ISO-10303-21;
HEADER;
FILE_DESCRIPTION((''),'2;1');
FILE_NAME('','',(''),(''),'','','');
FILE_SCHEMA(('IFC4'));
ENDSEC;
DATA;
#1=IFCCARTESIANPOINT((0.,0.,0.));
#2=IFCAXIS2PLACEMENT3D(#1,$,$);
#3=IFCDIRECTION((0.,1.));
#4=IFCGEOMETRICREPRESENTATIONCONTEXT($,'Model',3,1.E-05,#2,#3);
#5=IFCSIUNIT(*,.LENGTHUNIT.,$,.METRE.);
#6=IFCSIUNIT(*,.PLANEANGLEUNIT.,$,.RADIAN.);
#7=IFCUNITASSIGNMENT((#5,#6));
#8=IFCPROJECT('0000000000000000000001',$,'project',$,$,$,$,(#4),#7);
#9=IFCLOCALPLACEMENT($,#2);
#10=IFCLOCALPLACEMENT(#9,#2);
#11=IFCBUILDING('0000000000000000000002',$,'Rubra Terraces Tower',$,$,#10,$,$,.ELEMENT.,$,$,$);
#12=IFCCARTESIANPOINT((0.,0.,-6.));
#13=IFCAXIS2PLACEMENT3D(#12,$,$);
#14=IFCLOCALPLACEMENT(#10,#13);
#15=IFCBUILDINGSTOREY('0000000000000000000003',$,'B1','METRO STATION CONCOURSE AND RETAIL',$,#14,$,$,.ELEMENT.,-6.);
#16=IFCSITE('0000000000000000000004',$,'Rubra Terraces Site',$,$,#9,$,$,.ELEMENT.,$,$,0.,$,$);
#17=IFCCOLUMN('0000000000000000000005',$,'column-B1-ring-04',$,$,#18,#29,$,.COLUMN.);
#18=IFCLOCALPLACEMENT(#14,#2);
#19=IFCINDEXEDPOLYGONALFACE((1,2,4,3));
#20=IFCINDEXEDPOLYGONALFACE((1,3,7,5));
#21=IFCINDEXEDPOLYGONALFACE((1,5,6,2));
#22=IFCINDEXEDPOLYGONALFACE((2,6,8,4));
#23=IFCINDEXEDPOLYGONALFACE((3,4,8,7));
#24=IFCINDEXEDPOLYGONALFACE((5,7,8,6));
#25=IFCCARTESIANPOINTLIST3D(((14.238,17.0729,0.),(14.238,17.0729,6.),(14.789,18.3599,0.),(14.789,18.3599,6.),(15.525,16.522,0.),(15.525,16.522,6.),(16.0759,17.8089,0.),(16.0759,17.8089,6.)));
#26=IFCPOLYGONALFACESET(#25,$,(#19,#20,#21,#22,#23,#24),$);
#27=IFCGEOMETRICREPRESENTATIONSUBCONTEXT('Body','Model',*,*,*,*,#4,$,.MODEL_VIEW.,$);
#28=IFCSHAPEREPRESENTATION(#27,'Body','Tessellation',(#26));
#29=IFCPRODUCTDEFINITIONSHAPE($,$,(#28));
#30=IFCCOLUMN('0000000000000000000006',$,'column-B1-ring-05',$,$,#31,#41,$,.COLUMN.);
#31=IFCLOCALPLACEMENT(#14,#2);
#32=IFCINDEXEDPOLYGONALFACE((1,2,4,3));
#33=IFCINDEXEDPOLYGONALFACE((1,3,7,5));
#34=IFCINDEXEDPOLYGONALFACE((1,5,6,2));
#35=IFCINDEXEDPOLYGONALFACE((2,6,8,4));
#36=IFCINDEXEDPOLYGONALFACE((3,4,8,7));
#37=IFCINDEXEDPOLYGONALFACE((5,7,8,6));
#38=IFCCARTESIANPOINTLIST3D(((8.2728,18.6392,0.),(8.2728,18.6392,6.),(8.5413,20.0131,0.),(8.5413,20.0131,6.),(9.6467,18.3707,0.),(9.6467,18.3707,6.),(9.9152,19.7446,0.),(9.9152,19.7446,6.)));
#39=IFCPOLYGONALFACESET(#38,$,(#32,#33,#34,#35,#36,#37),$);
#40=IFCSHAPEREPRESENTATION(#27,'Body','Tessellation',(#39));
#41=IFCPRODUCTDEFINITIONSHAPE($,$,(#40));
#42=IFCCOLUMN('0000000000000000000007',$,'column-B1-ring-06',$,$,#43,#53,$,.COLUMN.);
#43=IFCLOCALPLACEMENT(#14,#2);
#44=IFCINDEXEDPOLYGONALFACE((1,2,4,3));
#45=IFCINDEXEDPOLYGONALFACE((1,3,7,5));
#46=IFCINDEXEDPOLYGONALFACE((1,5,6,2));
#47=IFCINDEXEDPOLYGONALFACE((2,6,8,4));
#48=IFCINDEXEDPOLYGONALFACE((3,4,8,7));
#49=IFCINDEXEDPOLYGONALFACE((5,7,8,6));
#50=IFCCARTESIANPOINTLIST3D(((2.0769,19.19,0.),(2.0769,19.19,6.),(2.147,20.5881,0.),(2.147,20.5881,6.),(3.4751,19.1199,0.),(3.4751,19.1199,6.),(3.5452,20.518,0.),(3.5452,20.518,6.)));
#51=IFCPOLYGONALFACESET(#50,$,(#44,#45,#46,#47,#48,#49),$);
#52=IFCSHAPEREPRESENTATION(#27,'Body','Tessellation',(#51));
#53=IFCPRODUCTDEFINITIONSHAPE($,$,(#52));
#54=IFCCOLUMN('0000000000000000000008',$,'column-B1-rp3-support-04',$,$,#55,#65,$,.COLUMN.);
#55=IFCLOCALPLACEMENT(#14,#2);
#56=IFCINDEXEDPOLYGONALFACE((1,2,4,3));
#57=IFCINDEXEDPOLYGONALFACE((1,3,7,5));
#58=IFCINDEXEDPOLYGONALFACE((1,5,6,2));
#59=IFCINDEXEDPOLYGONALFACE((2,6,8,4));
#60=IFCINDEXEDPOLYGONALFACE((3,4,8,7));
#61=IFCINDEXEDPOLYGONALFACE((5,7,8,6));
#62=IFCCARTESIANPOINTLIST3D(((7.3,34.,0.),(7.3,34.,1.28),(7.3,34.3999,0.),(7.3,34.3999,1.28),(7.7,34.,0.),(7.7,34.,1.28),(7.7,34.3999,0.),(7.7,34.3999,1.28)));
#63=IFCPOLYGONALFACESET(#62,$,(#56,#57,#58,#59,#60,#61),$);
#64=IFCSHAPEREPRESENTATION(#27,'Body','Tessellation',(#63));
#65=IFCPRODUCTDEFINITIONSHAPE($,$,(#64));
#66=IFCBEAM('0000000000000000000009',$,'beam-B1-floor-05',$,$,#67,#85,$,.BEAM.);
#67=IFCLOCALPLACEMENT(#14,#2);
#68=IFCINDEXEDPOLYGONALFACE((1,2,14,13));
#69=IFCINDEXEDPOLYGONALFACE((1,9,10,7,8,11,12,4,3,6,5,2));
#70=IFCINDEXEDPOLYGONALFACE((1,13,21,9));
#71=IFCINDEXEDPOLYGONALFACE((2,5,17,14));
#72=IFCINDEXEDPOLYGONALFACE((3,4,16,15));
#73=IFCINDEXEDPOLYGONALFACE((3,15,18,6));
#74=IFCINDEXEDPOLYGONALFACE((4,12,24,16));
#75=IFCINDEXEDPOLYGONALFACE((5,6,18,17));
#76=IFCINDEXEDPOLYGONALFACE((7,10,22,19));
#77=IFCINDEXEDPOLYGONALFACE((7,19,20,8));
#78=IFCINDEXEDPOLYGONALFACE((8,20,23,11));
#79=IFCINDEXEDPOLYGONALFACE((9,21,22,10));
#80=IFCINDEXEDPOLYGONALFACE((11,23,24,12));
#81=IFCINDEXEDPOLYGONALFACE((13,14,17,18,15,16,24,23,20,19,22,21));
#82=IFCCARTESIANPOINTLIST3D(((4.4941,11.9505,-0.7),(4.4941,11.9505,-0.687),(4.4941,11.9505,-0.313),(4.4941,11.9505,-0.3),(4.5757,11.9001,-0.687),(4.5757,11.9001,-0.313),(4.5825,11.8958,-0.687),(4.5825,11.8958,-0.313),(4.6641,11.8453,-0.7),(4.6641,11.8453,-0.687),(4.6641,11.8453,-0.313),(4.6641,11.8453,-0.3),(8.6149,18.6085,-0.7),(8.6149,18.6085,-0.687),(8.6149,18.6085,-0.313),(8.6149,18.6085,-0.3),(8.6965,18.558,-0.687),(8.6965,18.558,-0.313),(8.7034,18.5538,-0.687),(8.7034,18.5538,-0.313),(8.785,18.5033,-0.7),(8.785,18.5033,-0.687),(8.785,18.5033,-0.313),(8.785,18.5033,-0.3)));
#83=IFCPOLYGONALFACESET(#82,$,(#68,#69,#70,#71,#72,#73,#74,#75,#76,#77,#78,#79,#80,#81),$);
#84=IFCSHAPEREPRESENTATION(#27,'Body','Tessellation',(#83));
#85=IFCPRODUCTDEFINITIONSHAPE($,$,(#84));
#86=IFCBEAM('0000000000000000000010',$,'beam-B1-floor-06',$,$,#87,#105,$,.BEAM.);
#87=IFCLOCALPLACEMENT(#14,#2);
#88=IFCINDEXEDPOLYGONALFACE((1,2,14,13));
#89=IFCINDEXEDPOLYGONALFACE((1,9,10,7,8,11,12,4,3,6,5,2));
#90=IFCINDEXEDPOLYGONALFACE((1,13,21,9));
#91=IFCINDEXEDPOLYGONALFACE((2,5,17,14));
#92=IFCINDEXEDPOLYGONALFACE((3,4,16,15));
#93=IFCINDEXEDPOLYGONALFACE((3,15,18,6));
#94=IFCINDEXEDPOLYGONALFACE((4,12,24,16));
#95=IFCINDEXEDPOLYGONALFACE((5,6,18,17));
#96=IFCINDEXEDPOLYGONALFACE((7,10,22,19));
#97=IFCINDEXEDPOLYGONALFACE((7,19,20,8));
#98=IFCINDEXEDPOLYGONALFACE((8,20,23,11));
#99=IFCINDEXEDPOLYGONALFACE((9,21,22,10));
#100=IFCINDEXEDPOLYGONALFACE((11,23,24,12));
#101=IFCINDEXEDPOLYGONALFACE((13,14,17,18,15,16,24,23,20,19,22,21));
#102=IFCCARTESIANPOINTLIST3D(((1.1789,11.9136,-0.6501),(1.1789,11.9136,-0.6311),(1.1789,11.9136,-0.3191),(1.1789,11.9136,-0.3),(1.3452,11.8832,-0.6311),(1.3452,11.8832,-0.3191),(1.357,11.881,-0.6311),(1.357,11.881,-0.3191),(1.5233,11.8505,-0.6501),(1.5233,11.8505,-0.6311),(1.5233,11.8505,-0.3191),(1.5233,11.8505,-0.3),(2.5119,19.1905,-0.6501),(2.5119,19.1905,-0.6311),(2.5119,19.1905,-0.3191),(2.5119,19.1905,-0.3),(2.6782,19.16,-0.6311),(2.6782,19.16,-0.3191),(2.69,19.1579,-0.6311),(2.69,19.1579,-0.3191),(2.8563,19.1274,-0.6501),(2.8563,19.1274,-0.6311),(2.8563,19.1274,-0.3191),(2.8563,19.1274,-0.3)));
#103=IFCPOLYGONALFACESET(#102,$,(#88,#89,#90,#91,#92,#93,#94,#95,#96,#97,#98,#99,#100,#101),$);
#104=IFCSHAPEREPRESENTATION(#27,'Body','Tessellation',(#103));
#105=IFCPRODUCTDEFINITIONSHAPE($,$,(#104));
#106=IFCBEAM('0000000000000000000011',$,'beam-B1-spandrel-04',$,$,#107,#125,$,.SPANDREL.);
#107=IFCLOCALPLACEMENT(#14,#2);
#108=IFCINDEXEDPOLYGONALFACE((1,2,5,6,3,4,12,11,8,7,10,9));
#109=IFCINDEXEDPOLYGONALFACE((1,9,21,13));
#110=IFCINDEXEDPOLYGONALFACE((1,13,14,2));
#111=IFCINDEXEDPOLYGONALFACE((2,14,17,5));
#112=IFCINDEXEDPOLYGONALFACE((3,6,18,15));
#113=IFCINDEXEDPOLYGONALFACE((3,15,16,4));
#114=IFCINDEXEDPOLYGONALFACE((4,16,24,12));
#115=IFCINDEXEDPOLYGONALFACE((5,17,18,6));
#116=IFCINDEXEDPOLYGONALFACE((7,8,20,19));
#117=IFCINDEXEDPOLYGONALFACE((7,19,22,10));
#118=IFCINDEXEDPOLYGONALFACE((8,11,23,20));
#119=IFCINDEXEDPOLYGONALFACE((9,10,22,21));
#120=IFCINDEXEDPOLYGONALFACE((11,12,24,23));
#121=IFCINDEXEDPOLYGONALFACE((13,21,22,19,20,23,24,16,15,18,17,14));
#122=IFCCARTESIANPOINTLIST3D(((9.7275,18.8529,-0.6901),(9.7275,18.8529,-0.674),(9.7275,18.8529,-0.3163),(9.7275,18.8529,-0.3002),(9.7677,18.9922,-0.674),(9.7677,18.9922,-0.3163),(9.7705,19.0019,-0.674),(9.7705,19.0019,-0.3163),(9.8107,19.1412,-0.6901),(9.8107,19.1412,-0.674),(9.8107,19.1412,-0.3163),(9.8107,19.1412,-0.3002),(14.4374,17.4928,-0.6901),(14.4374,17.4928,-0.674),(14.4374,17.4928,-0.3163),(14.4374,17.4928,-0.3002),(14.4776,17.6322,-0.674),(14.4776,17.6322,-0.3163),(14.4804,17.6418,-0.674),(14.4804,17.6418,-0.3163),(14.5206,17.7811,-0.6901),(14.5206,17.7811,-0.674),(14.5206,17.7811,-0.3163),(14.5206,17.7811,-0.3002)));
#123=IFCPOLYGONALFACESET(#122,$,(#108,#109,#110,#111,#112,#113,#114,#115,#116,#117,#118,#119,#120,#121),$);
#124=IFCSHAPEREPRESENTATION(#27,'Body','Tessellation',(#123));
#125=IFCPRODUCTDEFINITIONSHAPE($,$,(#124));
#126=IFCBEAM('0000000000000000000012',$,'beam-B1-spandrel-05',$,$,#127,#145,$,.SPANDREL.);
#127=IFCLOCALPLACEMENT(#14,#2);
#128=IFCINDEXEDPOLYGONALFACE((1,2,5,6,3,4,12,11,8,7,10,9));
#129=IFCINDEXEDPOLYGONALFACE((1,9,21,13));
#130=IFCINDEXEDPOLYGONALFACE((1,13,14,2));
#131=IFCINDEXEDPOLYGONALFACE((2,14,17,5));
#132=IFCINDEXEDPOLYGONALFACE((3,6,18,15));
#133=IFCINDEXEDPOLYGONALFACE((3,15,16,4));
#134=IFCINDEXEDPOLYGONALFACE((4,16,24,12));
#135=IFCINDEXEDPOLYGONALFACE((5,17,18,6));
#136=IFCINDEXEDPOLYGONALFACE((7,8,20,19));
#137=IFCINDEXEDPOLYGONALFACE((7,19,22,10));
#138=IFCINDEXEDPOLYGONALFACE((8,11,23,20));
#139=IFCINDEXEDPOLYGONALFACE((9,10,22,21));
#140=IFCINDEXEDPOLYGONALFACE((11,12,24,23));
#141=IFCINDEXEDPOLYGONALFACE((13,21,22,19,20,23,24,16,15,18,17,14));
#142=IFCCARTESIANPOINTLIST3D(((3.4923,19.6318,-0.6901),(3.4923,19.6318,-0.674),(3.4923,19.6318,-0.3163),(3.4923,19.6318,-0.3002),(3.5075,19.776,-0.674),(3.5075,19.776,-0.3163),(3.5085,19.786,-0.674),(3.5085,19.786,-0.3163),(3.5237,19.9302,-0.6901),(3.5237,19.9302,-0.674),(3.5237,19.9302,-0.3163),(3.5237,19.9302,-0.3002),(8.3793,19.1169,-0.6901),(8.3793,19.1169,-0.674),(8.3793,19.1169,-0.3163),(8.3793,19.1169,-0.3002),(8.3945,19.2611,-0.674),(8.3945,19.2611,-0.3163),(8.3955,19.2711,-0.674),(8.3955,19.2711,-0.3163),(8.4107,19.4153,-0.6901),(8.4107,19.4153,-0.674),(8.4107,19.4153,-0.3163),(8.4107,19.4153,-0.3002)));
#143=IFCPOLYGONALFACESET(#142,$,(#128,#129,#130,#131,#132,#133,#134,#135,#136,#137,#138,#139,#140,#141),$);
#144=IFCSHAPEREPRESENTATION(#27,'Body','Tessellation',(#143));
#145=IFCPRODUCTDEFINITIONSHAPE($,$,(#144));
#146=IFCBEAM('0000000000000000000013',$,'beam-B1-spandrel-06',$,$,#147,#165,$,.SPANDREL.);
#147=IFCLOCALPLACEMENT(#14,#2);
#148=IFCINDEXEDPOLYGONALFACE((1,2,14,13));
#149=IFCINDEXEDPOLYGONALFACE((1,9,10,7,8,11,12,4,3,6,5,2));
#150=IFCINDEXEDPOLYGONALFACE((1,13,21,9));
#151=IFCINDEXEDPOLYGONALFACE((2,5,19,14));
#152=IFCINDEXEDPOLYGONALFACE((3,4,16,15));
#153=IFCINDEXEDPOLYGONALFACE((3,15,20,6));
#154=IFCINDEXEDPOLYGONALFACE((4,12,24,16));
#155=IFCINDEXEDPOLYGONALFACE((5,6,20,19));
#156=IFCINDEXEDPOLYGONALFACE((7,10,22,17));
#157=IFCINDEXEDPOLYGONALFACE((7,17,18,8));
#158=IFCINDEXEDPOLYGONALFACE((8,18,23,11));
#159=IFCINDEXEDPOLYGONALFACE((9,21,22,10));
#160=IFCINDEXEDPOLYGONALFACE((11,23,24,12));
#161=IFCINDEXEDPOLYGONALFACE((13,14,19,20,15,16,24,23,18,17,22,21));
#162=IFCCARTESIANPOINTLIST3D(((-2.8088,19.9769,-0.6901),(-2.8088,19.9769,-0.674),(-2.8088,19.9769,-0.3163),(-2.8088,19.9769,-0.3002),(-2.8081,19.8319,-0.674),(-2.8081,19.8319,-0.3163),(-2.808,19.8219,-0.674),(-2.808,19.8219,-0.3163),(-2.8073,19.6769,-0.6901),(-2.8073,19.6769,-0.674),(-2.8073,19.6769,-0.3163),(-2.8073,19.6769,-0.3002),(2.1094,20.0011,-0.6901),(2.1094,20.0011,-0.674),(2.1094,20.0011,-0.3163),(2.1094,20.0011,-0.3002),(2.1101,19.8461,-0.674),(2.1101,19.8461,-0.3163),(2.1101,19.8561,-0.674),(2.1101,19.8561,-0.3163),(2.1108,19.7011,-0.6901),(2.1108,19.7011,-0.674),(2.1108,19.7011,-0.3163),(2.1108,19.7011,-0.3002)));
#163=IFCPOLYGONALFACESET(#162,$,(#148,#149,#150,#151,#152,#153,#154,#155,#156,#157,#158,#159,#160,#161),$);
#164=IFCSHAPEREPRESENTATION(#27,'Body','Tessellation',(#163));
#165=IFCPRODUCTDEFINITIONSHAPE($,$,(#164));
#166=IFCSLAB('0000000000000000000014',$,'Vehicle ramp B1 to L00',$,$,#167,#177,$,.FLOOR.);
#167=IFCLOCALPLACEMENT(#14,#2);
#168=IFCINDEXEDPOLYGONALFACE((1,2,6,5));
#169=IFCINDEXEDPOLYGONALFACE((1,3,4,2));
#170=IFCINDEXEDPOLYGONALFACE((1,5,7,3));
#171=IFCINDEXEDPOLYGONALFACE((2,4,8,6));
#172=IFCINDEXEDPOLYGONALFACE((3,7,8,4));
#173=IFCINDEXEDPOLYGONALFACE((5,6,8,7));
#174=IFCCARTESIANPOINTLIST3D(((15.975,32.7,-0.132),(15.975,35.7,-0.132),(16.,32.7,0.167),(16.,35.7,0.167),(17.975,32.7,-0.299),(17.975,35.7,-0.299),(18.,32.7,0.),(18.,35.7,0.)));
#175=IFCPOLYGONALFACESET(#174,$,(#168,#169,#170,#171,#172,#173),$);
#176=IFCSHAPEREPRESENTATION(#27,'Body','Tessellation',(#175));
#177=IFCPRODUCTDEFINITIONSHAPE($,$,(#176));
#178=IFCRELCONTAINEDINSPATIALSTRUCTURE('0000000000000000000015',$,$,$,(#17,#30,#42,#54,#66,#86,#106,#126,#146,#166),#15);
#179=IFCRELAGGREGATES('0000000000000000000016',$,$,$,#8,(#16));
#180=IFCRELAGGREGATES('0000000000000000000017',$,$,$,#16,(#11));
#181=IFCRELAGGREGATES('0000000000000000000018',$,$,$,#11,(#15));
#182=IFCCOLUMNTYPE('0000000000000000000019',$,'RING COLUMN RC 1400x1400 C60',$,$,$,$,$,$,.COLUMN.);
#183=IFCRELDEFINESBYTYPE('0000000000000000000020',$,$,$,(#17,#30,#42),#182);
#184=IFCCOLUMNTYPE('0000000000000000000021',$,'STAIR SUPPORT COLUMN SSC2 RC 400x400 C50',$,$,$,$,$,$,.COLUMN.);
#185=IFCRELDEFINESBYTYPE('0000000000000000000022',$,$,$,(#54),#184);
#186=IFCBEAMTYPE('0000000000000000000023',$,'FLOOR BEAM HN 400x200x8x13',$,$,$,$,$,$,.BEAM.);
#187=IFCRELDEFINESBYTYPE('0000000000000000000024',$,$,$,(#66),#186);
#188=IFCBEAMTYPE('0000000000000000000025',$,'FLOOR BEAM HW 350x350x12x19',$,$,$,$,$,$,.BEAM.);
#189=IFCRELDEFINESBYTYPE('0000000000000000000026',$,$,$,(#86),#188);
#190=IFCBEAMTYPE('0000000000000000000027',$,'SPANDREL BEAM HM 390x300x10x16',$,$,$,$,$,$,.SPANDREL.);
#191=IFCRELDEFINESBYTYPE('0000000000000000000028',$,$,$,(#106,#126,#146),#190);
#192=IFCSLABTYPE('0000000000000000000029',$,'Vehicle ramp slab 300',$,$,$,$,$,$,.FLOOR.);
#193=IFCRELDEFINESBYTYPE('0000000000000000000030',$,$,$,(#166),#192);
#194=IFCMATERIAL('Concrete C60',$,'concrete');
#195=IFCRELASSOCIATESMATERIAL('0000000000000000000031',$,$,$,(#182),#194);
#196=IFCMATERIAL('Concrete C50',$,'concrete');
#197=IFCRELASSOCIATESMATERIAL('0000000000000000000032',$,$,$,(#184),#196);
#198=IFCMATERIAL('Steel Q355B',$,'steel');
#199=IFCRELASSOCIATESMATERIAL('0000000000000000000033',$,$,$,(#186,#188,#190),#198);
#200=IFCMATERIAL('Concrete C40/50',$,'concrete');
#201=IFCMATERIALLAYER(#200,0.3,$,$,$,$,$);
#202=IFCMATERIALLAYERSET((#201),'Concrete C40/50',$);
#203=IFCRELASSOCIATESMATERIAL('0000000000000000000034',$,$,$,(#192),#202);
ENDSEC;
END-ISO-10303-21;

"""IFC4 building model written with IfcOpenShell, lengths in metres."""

from ifc_helpers import new_model, si_unit, direction, frame, origin, origin_2d, place, context, subcontext, project, spatial, polyline, rectangle, i_section, outline, extrude, material, layer, layer_set, material_profile, profile_set, type_object, element, save


model = new_model("IFC4")

# Units and contexts
model_context = context("Model", 3, precision=1e-05, world=origin(), true_north=direction((0.0, 1.0)))
body_context = subcontext(model_context, "Body", "Model", "MODEL_VIEW")
ifc_project = project(units=[si_unit("LENGTHUNIT", "METRE"), si_unit("PLANEANGLEUNIT", "RADIAN")], contexts=[model_context])

# Site, building, storey
site_placement = place(None, origin())
site = spatial("IfcSite", under=ifc_project, at=site_placement, Name="Rubra Terraces Site", CompositionType="ELEMENT", RefElevation=0.0)
building_placement = place(site_placement, origin())
building = spatial("IfcBuilding", under=site, at=building_placement, Name="Rubra Terraces Tower", CompositionType="ELEMENT")
storey_placement = place(building_placement, frame((0.0, 0.0, -6.0)))
storey = spatial("IfcBuildingStorey", under=building, at=storey_placement, Name="B1", Description="METRO STATION CONCOURSE AND RETAIL", CompositionType="ELEMENT", Elevation=-6.0)

# Columns
ifc_material_1 = material(Name="Concrete C60", Category="concrete")
ifc_material_profile_1 = material_profile(ifc_material_1, rectangle(XDim=1.3999, YDim=1.3999, at=origin_2d()), Name="RC 1400x1400")
ifc_profile_set_1 = profile_set([ifc_material_profile_1], Name="Concrete C60")
column_type_1 = type_object("IfcColumnType", Name="RING COLUMN RC 1400x1400 C60", PredefinedType="COLUMN", material=ifc_profile_set_1)
for number, where, z_axis, x_axis, name in (
    (1, (15.157, 17.4409, 0.0), (0.0, 0.0, 1.0), (-0.919294, 0.393572, 0.0), "column-B1-ring-04"),
    (2, (9.094, 19.1919, 0.0), (0.0, 0.0, 1.0), (-0.98143, 0.191819, 0.0), "column-B1-ring-05"),
    (3, (2.811, 19.854, 0.0), (0.0, 0.0, 1.0), (-0.998745, 0.050084, 0.0), "column-B1-ring-06"),
):
    element("IfcColumn", number, at=place(storey_placement, frame(where, z_axis=z_axis, x_axis=x_axis)), inside=storey, type_object=column_type_1, Name=name, PredefinedType="COLUMN", context=body_context, shape_type="SweptSolid", body=[
        extrude(rectangle(XDim=1.3999, YDim=1.3999, at=origin_2d()), origin(), (0.0, 0.0, 1.0), 6.0),
    ])
ifc_material_2 = material(Name="Concrete C50", Category="concrete")
ifc_material_profile_2 = material_profile(ifc_material_2, rectangle(XDim=0.3999, YDim=0.3999, at=origin_2d()), Name="RC 400x400")
ifc_profile_set_2 = profile_set([ifc_material_profile_2], Name="Concrete C50")
column_type_2 = type_object("IfcColumnType", Name="STAIR SUPPORT COLUMN SSC2 RC 400x400 C50", PredefinedType="COLUMN", material=ifc_profile_set_2)
column_placement = place(storey_placement, frame((7.5, 34.2, 0.0), z_axis=(0.0, 0.0, 1.0), x_axis=(1.0, 0.0, 0.0)))
element("IfcColumn", 4, at=column_placement, inside=storey, type_object=column_type_2, Name="column-B1-rp3-support-04", PredefinedType="COLUMN", context=body_context, shape_type="SweptSolid", body=[
    extrude(rectangle(XDim=0.3999, YDim=0.3999, at=origin_2d()), origin(), (0.0, 0.0, 1.0), 1.28),
])

# Beams
ifc_material_3 = material(Name="Steel Q355B", Category="steel")
ifc_material_profile_3 = material_profile(ifc_material_3, i_section(OverallWidth=0.2, OverallDepth=0.3999, WebThickness=0.0081, FlangeThickness=0.0129, at=origin_2d()), Name="HN 400x200x8x13")
ifc_profile_set_3 = profile_set([ifc_material_profile_3], Name="Steel Q355B")
beam_type_1 = type_object("IfcBeamType", Name="FLOOR BEAM HN 400x200x8x13", PredefinedType="BEAM", material=ifc_profile_set_3)
beam_1_placement = place(storey_placement, frame((8.7, 18.5559, -0.5), z_axis=(-0.526286, -0.850308, 0.0), x_axis=(0.850308, -0.526286, 0.0)))
element("IfcBeam", 5, at=beam_1_placement, inside=storey, type_object=beam_type_1, Name="beam-B1-floor-05", PredefinedType="BEAM", context=body_context, shape_type="SweptSolid", body=[
    extrude(i_section(OverallWidth=0.2, OverallDepth=0.3999, WebThickness=0.0081, FlangeThickness=0.0129, at=origin_2d()), origin(), (0.0, 0.0, 1.0), 7.8301),
])
ifc_material_profile_4 = material_profile(ifc_material_3, i_section(OverallWidth=0.3501, OverallDepth=0.3501, WebThickness=0.012, FlangeThickness=0.019, at=origin_2d()), Name="HW 350x350x12x19")
ifc_profile_set_4 = profile_set([ifc_material_profile_4], Name="Steel Q355B")
beam_type_2 = type_object("IfcBeamType", Name="FLOOR BEAM HW 350x350x12x19", PredefinedType="BEAM", material=ifc_profile_set_4)
beam_2_placement = place(storey_placement, frame((2.6841, 19.1589, -0.4751), z_axis=(-0.180186, -0.983632, 0.0), x_axis=(0.983632, -0.180186, 0.0)))
element("IfcBeam", 6, at=beam_2_placement, inside=storey, type_object=beam_type_2, Name="beam-B1-floor-06", PredefinedType="BEAM", context=body_context, shape_type="SweptSolid", body=[
    extrude(i_section(OverallWidth=0.3501, OverallDepth=0.3501, WebThickness=0.012, FlangeThickness=0.019, at=origin_2d()), origin(), (0.0, 0.0, 1.0), 7.3979),
])
ifc_material_profile_5 = material_profile(ifc_material_3, i_section(OverallWidth=0.3, OverallDepth=0.3899, WebThickness=0.01, FlangeThickness=0.0161, at=origin_2d()), Name="HM 390x300x10x16")
ifc_profile_set_5 = profile_set([ifc_material_profile_5], Name="Steel Q355B")
beam_type_3 = type_object("IfcBeamType", Name="SPANDREL BEAM HM 390x300x10x16", PredefinedType="SPANDREL", material=ifc_profile_set_5)
beam_3_placement = place(storey_placement, frame((14.479, 17.637, -0.4951), z_axis=(-0.960744, 0.277436, 0.0), x_axis=(-0.277436, -0.960744, 0.0)))
element("IfcBeam", 7, at=beam_3_placement, inside=storey, type_object=beam_type_3, Name="beam-B1-spandrel-04", PredefinedType="SPANDREL", context=body_context, shape_type="SweptSolid", body=[
    extrude(i_section(OverallWidth=0.3, OverallDepth=0.3899, WebThickness=0.01, FlangeThickness=0.0161, at=origin_2d()), origin(), (0.0, 0.0, 1.0), 4.9023),
])
beam_4_placement = place(storey_placement, frame((8.395, 19.2661, -0.4951), z_axis=(-0.994495, 0.10478, 0.0), x_axis=(-0.10478, -0.994495, 0.0)))
element("IfcBeam", 8, at=beam_4_placement, inside=storey, type_object=beam_type_3, Name="beam-B1-spandrel-05", PredefinedType="SPANDREL", context=body_context, shape_type="SweptSolid", body=[
    extrude(i_section(OverallWidth=0.3, OverallDepth=0.3899, WebThickness=0.01, FlangeThickness=0.0161, at=origin_2d()), origin(), (0.0, 0.0, 1.0), 4.9141),
])
beam_5_placement = place(storey_placement, frame((2.1101, 19.8511, -0.4951), z_axis=(-0.999988, -0.004914, 0.0), x_axis=(0.004914, -0.999988, 0.0)))
element("IfcBeam", 9, at=beam_5_placement, inside=storey, type_object=beam_type_3, Name="beam-B1-spandrel-06", PredefinedType="SPANDREL", context=body_context, shape_type="SweptSolid", body=[
    extrude(i_section(OverallWidth=0.3, OverallDepth=0.3899, WebThickness=0.01, FlangeThickness=0.0161, at=origin_2d()), origin(), (0.0, 0.0, 1.0), 4.9182),
])

# Slab
ifc_material_4 = material(Name="Concrete C40/50", Category="concrete")
ifc_layer_1 = layer(ifc_material_4, 0.3)
ifc_layer_set_1 = layer_set([ifc_layer_1], Name="Concrete C40/50")
slab_type = type_object("IfcSlabType", Name="Vehicle ramp slab 300", PredefinedType="FLOOR", material=ifc_layer_set_1)
slab_1_placement = place(storey_placement, frame((18.0, 35.7, 0.0), z_axis=(0.083207, 0.0, 0.996532), x_axis=(-0.996532, 0.0, 0.083207)))
element("IfcSlab", 10, at=slab_1_placement, inside=storey, type_object=slab_type, Name="Vehicle ramp B1 to L00", PredefinedType="FLOOR", context=body_context, shape_type="SweptSolid", body=[
    extrude(outline(polyline([(0.0, 0.0), (2.007, 0.0), (2.007, 3.0), (0.0, 3.0), (0.0, 0.0)])), origin(), (0.0, 0.0, -1.0), 0.3),
])

save(model, "model.ifc")
